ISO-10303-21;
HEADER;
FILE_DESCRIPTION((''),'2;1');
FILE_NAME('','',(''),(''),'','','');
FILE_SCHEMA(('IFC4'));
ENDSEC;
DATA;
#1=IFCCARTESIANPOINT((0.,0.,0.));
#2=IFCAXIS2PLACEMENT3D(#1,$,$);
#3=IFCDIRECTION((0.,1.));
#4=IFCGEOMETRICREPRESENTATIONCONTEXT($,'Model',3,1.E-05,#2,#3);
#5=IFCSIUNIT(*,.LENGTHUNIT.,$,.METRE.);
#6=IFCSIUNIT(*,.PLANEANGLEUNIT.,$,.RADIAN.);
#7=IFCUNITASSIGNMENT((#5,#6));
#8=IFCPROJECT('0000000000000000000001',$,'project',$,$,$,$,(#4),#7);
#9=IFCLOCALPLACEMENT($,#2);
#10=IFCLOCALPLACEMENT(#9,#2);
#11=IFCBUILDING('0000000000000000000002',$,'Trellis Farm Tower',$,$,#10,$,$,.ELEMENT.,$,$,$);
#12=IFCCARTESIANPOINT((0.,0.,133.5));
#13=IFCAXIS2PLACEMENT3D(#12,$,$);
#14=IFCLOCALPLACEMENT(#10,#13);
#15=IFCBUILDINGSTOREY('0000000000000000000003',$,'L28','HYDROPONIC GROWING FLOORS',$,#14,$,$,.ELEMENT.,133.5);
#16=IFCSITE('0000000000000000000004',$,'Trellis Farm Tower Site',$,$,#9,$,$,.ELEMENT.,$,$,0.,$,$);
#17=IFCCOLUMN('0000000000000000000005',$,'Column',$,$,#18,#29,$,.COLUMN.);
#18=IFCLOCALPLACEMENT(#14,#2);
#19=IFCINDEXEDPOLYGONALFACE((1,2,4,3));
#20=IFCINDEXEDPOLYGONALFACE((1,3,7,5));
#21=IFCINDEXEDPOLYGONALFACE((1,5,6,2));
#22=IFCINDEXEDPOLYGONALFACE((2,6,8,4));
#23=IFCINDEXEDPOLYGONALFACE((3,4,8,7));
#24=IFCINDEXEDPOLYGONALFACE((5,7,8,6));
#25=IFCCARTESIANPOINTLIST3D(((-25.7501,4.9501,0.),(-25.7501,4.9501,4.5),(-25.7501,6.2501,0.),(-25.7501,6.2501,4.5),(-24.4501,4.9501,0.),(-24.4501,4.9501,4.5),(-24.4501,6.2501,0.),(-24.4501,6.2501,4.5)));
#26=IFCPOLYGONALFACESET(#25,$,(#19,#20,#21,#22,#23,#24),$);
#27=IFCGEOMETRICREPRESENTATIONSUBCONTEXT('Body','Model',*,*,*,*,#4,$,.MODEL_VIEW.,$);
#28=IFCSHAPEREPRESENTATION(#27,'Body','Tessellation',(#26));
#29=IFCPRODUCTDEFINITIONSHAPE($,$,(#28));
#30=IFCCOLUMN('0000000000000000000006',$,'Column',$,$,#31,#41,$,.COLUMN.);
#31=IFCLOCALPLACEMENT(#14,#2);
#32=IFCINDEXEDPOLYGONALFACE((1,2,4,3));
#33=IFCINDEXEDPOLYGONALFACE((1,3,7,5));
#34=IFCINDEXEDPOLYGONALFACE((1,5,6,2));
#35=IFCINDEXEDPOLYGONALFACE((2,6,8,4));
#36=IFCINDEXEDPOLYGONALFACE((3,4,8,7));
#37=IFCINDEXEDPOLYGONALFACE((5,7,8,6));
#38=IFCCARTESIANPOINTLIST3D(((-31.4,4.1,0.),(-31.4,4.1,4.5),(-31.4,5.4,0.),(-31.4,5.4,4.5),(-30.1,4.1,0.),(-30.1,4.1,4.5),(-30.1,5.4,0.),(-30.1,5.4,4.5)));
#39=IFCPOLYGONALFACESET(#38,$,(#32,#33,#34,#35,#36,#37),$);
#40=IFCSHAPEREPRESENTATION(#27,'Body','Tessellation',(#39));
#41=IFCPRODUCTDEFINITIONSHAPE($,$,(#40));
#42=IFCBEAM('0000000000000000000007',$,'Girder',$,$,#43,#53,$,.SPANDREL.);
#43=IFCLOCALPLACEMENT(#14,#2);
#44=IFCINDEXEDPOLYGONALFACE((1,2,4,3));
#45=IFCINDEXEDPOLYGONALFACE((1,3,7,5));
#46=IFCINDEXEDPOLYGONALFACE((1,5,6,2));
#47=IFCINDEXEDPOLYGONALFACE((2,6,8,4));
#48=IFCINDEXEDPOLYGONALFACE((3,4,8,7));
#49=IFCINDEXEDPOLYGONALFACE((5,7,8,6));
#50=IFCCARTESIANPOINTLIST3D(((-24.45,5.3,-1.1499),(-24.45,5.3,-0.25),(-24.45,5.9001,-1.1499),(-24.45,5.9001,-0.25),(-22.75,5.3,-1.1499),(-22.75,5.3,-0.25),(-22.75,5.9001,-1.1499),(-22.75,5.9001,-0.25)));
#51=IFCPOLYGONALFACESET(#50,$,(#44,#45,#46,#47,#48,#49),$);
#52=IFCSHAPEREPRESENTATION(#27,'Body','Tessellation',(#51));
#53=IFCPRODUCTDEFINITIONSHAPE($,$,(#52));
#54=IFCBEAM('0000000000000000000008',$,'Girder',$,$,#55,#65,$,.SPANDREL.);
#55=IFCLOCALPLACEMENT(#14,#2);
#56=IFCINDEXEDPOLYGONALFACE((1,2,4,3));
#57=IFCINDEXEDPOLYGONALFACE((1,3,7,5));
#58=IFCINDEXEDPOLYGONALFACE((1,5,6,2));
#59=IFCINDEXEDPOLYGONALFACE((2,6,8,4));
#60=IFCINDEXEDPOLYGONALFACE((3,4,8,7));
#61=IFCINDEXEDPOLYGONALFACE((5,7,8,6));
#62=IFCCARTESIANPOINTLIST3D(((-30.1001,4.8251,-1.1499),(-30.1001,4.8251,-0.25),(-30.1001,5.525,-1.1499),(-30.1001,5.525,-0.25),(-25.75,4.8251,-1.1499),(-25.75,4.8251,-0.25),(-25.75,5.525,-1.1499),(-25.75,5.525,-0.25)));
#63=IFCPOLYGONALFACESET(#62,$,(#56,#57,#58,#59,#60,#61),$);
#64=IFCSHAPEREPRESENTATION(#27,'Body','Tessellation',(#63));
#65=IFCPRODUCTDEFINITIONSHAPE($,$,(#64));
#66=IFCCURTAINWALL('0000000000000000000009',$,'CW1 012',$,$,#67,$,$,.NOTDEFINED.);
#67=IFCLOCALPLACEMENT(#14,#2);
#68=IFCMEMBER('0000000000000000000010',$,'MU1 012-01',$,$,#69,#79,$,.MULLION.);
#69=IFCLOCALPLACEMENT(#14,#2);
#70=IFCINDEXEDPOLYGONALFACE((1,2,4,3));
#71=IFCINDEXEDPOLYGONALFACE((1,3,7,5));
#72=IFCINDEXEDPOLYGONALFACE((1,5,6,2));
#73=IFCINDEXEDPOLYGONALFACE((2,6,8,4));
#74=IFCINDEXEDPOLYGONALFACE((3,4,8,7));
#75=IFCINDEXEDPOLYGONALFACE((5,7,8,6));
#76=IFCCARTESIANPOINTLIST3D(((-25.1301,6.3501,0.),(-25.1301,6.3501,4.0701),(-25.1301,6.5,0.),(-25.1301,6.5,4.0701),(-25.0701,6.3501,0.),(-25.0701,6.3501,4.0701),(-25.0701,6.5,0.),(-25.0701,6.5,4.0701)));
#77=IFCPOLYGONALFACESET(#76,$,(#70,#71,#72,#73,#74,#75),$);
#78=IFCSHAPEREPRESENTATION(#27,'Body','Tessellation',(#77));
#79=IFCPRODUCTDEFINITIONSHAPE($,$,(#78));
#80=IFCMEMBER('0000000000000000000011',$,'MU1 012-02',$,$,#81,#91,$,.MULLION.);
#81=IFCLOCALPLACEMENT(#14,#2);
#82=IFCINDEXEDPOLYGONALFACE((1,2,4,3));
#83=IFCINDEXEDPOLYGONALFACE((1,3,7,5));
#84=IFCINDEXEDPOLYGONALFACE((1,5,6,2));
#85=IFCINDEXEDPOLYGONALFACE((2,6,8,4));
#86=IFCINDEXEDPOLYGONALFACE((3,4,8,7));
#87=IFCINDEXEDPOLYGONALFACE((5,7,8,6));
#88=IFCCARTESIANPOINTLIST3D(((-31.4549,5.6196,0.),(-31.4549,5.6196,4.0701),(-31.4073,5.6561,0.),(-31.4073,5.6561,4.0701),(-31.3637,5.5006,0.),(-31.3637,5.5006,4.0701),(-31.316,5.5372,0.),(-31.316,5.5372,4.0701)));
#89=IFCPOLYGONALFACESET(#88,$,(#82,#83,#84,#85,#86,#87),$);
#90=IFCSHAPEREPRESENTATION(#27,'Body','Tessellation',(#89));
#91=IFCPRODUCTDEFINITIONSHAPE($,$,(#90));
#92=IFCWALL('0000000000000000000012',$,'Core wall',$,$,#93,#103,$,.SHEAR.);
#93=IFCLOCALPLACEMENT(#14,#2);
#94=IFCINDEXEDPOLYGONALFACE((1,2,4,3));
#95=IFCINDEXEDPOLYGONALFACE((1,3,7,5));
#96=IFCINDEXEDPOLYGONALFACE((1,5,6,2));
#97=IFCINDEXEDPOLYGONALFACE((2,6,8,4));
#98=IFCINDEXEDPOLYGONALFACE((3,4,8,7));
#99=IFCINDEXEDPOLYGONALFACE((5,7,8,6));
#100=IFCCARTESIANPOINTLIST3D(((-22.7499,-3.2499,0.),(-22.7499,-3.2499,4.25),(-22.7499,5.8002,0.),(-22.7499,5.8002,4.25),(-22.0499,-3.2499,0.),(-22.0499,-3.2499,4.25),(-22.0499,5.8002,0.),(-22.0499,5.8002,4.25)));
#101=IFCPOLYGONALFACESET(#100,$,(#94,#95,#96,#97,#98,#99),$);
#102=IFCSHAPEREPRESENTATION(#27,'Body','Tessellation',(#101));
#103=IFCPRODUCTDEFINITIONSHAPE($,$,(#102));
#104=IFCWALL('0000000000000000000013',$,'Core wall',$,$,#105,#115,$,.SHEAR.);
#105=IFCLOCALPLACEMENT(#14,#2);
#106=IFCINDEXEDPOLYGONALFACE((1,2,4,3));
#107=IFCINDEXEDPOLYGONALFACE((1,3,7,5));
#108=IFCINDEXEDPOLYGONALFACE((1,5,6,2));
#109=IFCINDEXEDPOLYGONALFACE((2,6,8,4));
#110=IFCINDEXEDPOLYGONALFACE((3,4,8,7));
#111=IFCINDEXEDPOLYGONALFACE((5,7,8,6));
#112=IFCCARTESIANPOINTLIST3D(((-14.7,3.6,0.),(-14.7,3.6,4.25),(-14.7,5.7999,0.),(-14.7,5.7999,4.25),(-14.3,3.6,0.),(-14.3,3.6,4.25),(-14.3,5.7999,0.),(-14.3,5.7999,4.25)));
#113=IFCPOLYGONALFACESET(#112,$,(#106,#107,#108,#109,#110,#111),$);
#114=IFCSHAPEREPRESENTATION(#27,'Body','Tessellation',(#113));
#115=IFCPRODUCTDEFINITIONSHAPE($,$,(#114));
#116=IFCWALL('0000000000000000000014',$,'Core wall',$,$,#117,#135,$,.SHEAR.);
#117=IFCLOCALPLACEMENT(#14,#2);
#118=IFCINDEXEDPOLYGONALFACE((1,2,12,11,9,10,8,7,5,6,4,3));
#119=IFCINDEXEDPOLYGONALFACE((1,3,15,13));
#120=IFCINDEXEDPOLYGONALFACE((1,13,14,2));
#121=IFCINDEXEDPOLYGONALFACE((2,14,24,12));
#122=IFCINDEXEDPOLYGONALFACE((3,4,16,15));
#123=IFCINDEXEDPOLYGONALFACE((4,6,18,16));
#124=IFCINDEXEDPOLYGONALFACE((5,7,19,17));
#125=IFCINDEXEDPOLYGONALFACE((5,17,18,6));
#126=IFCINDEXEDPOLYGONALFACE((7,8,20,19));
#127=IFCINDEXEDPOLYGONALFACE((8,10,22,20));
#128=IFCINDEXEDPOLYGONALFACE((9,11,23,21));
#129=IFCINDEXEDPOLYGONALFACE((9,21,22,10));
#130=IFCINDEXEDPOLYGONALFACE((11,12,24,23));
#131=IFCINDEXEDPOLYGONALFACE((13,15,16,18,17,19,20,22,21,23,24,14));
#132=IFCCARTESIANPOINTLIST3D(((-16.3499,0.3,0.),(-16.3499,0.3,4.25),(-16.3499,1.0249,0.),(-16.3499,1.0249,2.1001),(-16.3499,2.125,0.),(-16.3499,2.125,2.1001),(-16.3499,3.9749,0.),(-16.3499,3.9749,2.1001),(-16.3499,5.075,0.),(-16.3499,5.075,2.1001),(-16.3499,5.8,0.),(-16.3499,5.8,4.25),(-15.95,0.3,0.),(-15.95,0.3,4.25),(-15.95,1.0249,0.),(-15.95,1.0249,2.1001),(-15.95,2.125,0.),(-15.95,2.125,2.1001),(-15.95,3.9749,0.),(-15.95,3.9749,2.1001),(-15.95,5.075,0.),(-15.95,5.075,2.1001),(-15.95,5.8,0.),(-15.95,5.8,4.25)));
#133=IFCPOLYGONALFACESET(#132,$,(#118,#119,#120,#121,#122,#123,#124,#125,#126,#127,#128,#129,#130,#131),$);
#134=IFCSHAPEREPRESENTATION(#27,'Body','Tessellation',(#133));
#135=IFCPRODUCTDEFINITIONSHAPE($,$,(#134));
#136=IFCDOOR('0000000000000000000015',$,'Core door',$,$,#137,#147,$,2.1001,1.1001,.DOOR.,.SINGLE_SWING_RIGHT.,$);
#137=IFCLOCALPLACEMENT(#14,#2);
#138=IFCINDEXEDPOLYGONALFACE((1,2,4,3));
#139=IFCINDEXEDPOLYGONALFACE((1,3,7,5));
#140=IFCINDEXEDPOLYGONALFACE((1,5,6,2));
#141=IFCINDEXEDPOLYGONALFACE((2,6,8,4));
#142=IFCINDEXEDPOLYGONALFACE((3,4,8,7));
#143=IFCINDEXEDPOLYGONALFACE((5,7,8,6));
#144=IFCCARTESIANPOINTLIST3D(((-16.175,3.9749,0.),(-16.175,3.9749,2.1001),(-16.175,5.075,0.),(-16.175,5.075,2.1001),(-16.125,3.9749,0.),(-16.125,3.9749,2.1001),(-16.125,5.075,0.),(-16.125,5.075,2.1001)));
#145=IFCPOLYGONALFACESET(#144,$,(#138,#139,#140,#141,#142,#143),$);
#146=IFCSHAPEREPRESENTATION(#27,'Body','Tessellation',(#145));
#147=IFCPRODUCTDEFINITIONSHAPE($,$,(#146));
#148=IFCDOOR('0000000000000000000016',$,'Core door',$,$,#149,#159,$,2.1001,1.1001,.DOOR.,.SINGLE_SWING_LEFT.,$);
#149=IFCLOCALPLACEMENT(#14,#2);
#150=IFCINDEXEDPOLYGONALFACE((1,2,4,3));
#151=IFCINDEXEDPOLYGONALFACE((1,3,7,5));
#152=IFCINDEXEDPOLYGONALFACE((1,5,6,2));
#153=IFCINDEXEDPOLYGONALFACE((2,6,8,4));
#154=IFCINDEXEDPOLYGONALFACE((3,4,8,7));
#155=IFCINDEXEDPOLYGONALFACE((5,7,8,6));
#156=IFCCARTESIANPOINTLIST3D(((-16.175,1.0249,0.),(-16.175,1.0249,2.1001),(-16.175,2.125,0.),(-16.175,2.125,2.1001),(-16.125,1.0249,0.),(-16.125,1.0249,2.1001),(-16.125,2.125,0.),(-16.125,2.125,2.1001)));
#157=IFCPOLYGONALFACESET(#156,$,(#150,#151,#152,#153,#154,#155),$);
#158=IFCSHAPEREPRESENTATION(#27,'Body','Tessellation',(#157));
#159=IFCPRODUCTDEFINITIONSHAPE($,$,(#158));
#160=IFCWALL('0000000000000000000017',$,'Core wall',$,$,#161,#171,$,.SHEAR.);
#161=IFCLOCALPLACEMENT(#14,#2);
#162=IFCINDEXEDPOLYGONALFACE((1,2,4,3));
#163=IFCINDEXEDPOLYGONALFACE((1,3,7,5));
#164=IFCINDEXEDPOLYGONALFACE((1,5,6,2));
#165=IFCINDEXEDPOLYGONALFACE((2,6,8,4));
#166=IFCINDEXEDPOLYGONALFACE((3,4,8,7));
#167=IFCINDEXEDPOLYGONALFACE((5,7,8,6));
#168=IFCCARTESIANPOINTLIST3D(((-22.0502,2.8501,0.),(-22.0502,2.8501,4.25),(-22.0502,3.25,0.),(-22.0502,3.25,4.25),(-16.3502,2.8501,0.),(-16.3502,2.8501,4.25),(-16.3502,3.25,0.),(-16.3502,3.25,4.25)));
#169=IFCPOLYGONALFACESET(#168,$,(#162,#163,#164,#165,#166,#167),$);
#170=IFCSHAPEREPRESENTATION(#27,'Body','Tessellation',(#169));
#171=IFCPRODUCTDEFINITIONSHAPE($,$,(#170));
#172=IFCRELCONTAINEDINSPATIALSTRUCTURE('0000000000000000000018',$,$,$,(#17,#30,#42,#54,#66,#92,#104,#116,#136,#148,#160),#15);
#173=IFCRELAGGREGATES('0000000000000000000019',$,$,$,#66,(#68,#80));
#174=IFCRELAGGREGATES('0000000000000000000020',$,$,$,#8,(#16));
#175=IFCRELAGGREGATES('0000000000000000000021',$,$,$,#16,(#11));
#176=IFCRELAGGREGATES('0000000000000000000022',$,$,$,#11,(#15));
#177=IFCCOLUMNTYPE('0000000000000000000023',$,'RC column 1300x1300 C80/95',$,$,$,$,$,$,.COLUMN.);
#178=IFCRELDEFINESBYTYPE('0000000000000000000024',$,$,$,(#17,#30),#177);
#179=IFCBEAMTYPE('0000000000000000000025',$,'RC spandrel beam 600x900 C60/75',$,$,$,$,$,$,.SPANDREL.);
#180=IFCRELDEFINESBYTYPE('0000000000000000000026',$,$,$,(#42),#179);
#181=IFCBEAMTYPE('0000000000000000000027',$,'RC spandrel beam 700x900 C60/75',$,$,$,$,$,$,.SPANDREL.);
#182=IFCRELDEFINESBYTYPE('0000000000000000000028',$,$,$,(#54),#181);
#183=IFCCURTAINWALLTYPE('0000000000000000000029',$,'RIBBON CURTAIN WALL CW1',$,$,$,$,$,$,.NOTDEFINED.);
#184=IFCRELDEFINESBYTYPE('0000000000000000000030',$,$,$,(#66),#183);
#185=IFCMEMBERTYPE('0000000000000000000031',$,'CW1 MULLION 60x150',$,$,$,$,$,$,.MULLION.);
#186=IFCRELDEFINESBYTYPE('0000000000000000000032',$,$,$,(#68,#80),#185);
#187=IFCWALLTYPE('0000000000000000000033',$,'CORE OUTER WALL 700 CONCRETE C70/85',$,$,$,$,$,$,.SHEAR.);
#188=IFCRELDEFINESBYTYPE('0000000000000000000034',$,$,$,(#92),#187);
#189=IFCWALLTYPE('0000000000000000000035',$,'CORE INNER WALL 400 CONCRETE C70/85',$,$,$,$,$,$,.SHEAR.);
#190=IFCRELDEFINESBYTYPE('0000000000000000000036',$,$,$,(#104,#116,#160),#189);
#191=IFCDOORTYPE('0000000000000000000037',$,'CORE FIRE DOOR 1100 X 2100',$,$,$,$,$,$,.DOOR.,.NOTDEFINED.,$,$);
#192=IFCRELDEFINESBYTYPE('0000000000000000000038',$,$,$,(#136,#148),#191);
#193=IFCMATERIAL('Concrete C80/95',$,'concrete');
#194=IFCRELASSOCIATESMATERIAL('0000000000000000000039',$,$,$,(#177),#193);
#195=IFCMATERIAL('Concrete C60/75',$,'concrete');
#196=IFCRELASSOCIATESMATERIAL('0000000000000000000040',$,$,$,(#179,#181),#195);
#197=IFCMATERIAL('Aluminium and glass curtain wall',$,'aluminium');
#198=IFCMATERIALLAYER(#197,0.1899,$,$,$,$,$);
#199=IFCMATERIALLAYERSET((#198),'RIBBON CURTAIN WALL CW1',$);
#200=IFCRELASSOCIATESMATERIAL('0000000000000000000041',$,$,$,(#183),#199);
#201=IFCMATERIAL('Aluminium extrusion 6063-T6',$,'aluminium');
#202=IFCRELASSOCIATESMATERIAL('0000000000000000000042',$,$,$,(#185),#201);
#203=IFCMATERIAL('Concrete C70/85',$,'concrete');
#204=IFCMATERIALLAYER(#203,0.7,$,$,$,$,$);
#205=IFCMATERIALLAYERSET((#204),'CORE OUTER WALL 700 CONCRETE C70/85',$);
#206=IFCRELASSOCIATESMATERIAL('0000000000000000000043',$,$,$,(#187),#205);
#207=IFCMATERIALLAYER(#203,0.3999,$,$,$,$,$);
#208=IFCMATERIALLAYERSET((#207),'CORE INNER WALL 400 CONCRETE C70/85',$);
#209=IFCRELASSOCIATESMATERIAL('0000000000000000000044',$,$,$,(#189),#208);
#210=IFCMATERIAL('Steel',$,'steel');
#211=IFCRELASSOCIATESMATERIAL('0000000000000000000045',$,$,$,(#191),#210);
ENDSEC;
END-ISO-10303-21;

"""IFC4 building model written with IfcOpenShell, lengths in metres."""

from ifc_helpers import new_model, si_unit, direction, frame, frame_2d, origin, origin_2d, place, context, subcontext, project, spatial, rectangle, extrude, source, transform, mapped, material, layer, layer_set, material_profile, profile_set, type_object, element, fill, aggregate, save


model = new_model("IFC4")

# Units and contexts
model_context = context("Model", 3, precision=1e-05, world=origin(), true_north=direction((0.0, 1.0)))
body_context = subcontext(model_context, "Body", "Model", "MODEL_VIEW")
ifc_project = project(units=[si_unit("LENGTHUNIT", "METRE"), si_unit("PLANEANGLEUNIT", "RADIAN")], contexts=[model_context])

# Site, building, storey
site_placement = place(None, origin())
site = spatial("IfcSite", under=ifc_project, at=site_placement, Name="Trellis Farm Tower Site", CompositionType="ELEMENT", RefElevation=0.0)
building_placement = place(site_placement, origin())
building = spatial("IfcBuilding", under=site, at=building_placement, Name="Trellis Farm Tower", CompositionType="ELEMENT")
storey_placement = place(building_placement, frame((0.0, 0.0, 133.5)))
storey = spatial("IfcBuildingStorey", under=building, at=storey_placement, Name="L28", Description="HYDROPONIC GROWING FLOORS", CompositionType="ELEMENT", Elevation=133.5)

# Columns
ifc_material_1 = material(Name="Concrete C80/95", Category="concrete")
ifc_material_profile_1 = material_profile(ifc_material_1, rectangle(XDim=1.3, YDim=1.3, at=origin_2d()), Name="RC column 1300x1300 C80/95")
ifc_profile_set_1 = profile_set([ifc_material_profile_1], Name="Concrete C80/95")
column_type = type_object("IfcColumnType", Name="RC column 1300x1300 C80/95", PredefinedType="COLUMN", material=ifc_profile_set_1)
shared_shape_1 = source(origin(), body_context, "Body", "SweptSolid", [
    extrude(rectangle(XDim=1.3, YDim=1.3, at=origin_2d()), origin(), (0.0, 0.0, 1.0), 4.5),
])
for number, where, z_axis, x_axis, name in (
    (1, (-25.1001, 5.6001, 0.0), (0.0, 0.0, 1.0), (1.0, 0.0, 0.0), "Column"),
    (2, (-30.75, 4.75, 0.0), (0.0, 0.0, 1.0), (1.0, 0.0, 0.0), "Column"),
):
    element("IfcColumn", number, at=place(storey_placement, frame(where, z_axis=z_axis, x_axis=x_axis)), inside=storey, type_object=column_type, Name=name, PredefinedType="COLUMN", context=body_context, shape_type="MappedRepresentation", body=[
        mapped(shared_shape_1, transform((0.0, 0.0, 0.0))),
    ])

# Beams
ifc_material_2 = material(Name="Concrete C60/75", Category="concrete")
ifc_material_profile_2 = material_profile(ifc_material_2, rectangle(XDim=0.6001, YDim=0.8999, at=origin_2d()), Name="RC spandrel beam 600x900 C60/75")
ifc_profile_set_2 = profile_set([ifc_material_profile_2], Name="Concrete C60/75")
beam_type_1 = type_object("IfcBeamType", Name="RC spandrel beam 600x900 C60/75", PredefinedType="SPANDREL", material=ifc_profile_set_2)
shared_shape_2 = source(origin(), body_context, "Body", "SweptSolid", [
    extrude(rectangle(XDim=0.6001, YDim=0.8999, at=origin_2d()), origin(), (0.0, 0.0, 1.0), 1.7),
])
beam_1_placement = place(storey_placement, frame((-24.45, 5.6001, -0.7), z_axis=(1.0, 0.0, 0.0), x_axis=(0.0, 1.0, 0.0)))
element("IfcBeam", 3, at=beam_1_placement, inside=storey, type_object=beam_type_1, Name="Girder", PredefinedType="SPANDREL", context=body_context, shape_type="MappedRepresentation", body=[
    mapped(shared_shape_2, transform((0.0, 0.0, 0.0))),
])
ifc_material_profile_3 = material_profile(ifc_material_2, rectangle(XDim=0.7, YDim=0.8999, at=origin_2d()), Name="RC spandrel beam 700x900 C60/75")
ifc_profile_set_3 = profile_set([ifc_material_profile_3], Name="Concrete C60/75")
beam_type_2 = type_object("IfcBeamType", Name="RC spandrel beam 700x900 C60/75", PredefinedType="SPANDREL", material=ifc_profile_set_3)
shared_shape_3 = source(origin(), body_context, "Body", "SweptSolid", [
    extrude(rectangle(XDim=0.7, YDim=0.8999, at=origin_2d()), origin(), (0.0, 0.0, 1.0), 4.3501),
])
beam_2_placement = place(storey_placement, frame((-30.1001, 5.175, -0.7), z_axis=(1.0, 0.0, 0.0), x_axis=(0.0, 1.0, 0.0)))
element("IfcBeam", 4, at=beam_2_placement, inside=storey, type_object=beam_type_2, Name="Girder", PredefinedType="SPANDREL", context=body_context, shape_type="MappedRepresentation", body=[
    mapped(shared_shape_3, transform((0.0, 0.0, 0.0))),
])

# Curtain wall, members
ifc_material_3 = material(Name="Aluminium and glass curtain wall", Category="aluminium")
ifc_layer_1 = layer(ifc_material_3, 0.1899)
ifc_layer_set_1 = layer_set([ifc_layer_1], Name="RIBBON CURTAIN WALL CW1")
curtain_wall_type = type_object("IfcCurtainWallType", Name="RIBBON CURTAIN WALL CW1", PredefinedType="NOTDEFINED", material=ifc_layer_set_1)
placement = place(storey_placement, origin())
curtain_wall = element("IfcCurtainWall", 5, at=placement, inside=storey, type_object=curtain_wall_type, Name="CW1 012", PredefinedType="NOTDEFINED")
ifc_material_4 = material(Name="Aluminium extrusion 6063-T6", Category="aluminium")
ifc_material_profile_4 = material_profile(ifc_material_4, rectangle(XDim=0.0601, YDim=0.1499, at=origin_2d()), Name="MULLION 60x150")
ifc_profile_set_4 = profile_set([ifc_material_profile_4], Name="Aluminium extrusion 6063-T6")
member_type = type_object("IfcMemberType", Name="CW1 MULLION 60x150", PredefinedType="MULLION", material=ifc_profile_set_4)
shared_shape_4 = source(origin(), body_context, "Body", "SweptSolid", [
    extrude(rectangle(XDim=0.0601, YDim=0.1499, at=origin_2d()), origin(), (0.0, 0.0, 1.0), 4.0701),
])
member_1_placement = place(storey_placement, frame((-25.1001, 6.425, 0.0), z_axis=(0.0, 0.0, 1.0), x_axis=(-1.0, 0.0, 0.0)))
member_1 = element("IfcMember", 6, at=member_1_placement, type_object=member_type, Name="MU1 012-01", PredefinedType="MULLION", context=body_context, shape_type="MappedRepresentation", body=[
    mapped(shared_shape_4, transform((0.0, 0.0, 0.0))),
])
member_2_placement = place(storey_placement, frame((-31.3855, 5.5784, 0.0), z_axis=(0.0, 0.0, 1.0), x_axis=(-0.793353, -0.608761, 0.0)))
member_2 = element("IfcMember", 7, at=member_2_placement, type_object=member_type, Name="MU1 012-02", PredefinedType="MULLION", context=body_context, shape_type="MappedRepresentation", body=[
    mapped(shared_shape_4, transform((0.0, 0.0, 0.0))),
])
aggregate(curtain_wall, [member_1, member_2])

# Walls
ifc_material_5 = material(Name="Concrete C70/85", Category="concrete")
ifc_layer_2 = layer(ifc_material_5, 0.7)
ifc_layer_set_2 = layer_set([ifc_layer_2], Name="CORE OUTER WALL 700 CONCRETE C70/85")
wall_type_1 = type_object("IfcWallType", Name="CORE OUTER WALL 700 CONCRETE C70/85", PredefinedType="SHEAR", material=ifc_layer_set_2)
shared_shape_5 = source(origin(), body_context, "Body", "SweptSolid", [
    extrude(rectangle(XDim=9.05, YDim=0.7, at=frame_2d((4.5249, 0.0))), origin(), (0.0, 0.0, 1.0), 4.25),
])
wall_1_placement = place(storey_placement, frame((-22.3999, 5.8, 0.0), z_axis=(0.0, 0.0, 1.0), x_axis=(0.0, -1.0, 0.0)))
element("IfcWall", 8, at=wall_1_placement, inside=storey, type_object=wall_type_1, Name="Core wall", PredefinedType="SHEAR", context=body_context, shape_type="MappedRepresentation", body=[
    mapped(shared_shape_5, transform((0.0, 0.0, 0.0))),
])
ifc_layer_3 = layer(ifc_material_5, 0.3999)
ifc_layer_set_3 = layer_set([ifc_layer_3], Name="CORE INNER WALL 400 CONCRETE C70/85")
wall_type_2 = type_object("IfcWallType", Name="CORE INNER WALL 400 CONCRETE C70/85", PredefinedType="SHEAR", material=ifc_layer_set_3)
shared_shape_6 = source(origin(), body_context, "Body", "SweptSolid", [
    extrude(rectangle(XDim=2.2, YDim=0.3999, at=frame_2d((1.1001, 0.0))), origin(), (0.0, 0.0, 1.0), 4.25),
])
wall_2_placement = place(storey_placement, frame((-14.5, 5.8, 0.0), z_axis=(0.0, 0.0, 1.0), x_axis=(0.0, -1.0, 0.0)))
element("IfcWall", 9, at=wall_2_placement, inside=storey, type_object=wall_type_2, Name="Core wall", PredefinedType="SHEAR", context=body_context, shape_type="MappedRepresentation", body=[
    mapped(shared_shape_6, transform((0.0, 0.0, 0.0))),
])

# Wall, openings, doors
shared_shape_7 = source(origin(), body_context, "Body", "SweptSolid", [
    extrude(rectangle(XDim=5.5, YDim=0.3999, at=frame_2d((2.75, 0.0))), origin(), (0.0, 0.0, 1.0), 4.25),
])
wall_3_placement = place(storey_placement, frame((-16.1499, 5.8, 0.0), z_axis=(0.0, 0.0, 1.0), x_axis=(0.0, -1.0, 0.0)))
wall_3 = element("IfcWall", 10, at=wall_3_placement, inside=storey, type_object=wall_type_2, Name="Core wall", PredefinedType="SHEAR", context=body_context, shape_type="MappedRepresentation", body=[
    mapped(shared_shape_7, transform((0.0, 0.0, 0.0))),
])
shared_shape_8 = source(origin(), body_context, "Body", "SweptSolid", [
    extrude(rectangle(XDim=1.1001, YDim=2.1001, at=frame_2d((0.55, 1.05))), frame((0.0, 0.21, 0.0), z_axis=(0.0, -1.0, 0.0), x_axis=(1.0, 0.0, 0.0)), (0.0, 0.0, 1.0), 0.4199),
])
opening_1_placement = place(wall_3_placement, frame((0.7251, 0.0, 0.0)))
opening_1 = element("IfcOpeningElement", 11, at=opening_1_placement, cuts=wall_3, PredefinedType="OPENING", context=body_context, shape_type="MappedRepresentation", body=[
    mapped(shared_shape_8, transform((0.0, 0.0, 0.0))),
])
opening_2_placement = place(wall_3_placement, frame((3.675, 0.0, 0.0)))
opening_2 = element("IfcOpeningElement", 12, at=opening_2_placement, cuts=wall_3, PredefinedType="OPENING", context=body_context, shape_type="MappedRepresentation", body=[
    mapped(shared_shape_8, transform((0.0, 0.0, 0.0))),
])
ifc_material_6 = material(Name="Steel", Category="steel")
door_type = type_object("IfcDoorType", Name="CORE FIRE DOOR 1100 X 2100", OperationType="NOTDEFINED", PredefinedType="DOOR", material=ifc_material_6)
shared_shape_9 = source(origin(), body_context, "Body", "SweptSolid", [
    extrude(rectangle(XDim=1.1001, YDim=2.1001, at=frame_2d((0.55, 1.05))), frame((0.0, 0.0249, 0.0), z_axis=(0.0, -1.0, 0.0), x_axis=(1.0, 0.0, 0.0)), (0.0, 0.0, 1.0), 0.05),
])
door_1_placement = place(opening_1_placement, origin())
door_1 = element("IfcDoor", 13, at=door_1_placement, inside=storey, type_object=door_type, Name="Core door", OperationType="SINGLE_SWING_RIGHT", OverallHeight=2.1001, OverallWidth=1.1001, PredefinedType="DOOR", context=body_context, shape_type="MappedRepresentation", body=[
    mapped(shared_shape_9, transform((0.0, 0.0, 0.0))),
])
fill(opening_1, door_1)
door_2_placement = place(opening_2_placement, origin())
door_2 = element("IfcDoor", 14, at=door_2_placement, inside=storey, type_object=door_type, Name="Core door", OperationType="SINGLE_SWING_LEFT", OverallHeight=2.1001, OverallWidth=1.1001, PredefinedType="DOOR", context=body_context, shape_type="MappedRepresentation", body=[
    mapped(shared_shape_9, transform((0.0, 0.0, 0.0))),
])
fill(opening_2, door_2)

# Wall
shared_shape_10 = source(origin(), body_context, "Body", "SweptSolid", [
    extrude(rectangle(XDim=5.7, YDim=0.3999, at=frame_2d((2.8501, 0.0))), origin(), (0.0, 0.0, 1.0), 4.25),
])
wall_4_placement = place(storey_placement, frame((-16.3501, 3.05, 0.0), z_axis=(0.0, 0.0, 1.0), x_axis=(-1.0, 0.0, 0.0)))
element("IfcWall", 15, at=wall_4_placement, inside=storey, type_object=wall_type_2, Name="Core wall", PredefinedType="SHEAR", context=body_context, shape_type="MappedRepresentation", body=[
    mapped(shared_shape_10, transform((0.0, 0.0, 0.0))),
])

save(model, "model.ifc")
